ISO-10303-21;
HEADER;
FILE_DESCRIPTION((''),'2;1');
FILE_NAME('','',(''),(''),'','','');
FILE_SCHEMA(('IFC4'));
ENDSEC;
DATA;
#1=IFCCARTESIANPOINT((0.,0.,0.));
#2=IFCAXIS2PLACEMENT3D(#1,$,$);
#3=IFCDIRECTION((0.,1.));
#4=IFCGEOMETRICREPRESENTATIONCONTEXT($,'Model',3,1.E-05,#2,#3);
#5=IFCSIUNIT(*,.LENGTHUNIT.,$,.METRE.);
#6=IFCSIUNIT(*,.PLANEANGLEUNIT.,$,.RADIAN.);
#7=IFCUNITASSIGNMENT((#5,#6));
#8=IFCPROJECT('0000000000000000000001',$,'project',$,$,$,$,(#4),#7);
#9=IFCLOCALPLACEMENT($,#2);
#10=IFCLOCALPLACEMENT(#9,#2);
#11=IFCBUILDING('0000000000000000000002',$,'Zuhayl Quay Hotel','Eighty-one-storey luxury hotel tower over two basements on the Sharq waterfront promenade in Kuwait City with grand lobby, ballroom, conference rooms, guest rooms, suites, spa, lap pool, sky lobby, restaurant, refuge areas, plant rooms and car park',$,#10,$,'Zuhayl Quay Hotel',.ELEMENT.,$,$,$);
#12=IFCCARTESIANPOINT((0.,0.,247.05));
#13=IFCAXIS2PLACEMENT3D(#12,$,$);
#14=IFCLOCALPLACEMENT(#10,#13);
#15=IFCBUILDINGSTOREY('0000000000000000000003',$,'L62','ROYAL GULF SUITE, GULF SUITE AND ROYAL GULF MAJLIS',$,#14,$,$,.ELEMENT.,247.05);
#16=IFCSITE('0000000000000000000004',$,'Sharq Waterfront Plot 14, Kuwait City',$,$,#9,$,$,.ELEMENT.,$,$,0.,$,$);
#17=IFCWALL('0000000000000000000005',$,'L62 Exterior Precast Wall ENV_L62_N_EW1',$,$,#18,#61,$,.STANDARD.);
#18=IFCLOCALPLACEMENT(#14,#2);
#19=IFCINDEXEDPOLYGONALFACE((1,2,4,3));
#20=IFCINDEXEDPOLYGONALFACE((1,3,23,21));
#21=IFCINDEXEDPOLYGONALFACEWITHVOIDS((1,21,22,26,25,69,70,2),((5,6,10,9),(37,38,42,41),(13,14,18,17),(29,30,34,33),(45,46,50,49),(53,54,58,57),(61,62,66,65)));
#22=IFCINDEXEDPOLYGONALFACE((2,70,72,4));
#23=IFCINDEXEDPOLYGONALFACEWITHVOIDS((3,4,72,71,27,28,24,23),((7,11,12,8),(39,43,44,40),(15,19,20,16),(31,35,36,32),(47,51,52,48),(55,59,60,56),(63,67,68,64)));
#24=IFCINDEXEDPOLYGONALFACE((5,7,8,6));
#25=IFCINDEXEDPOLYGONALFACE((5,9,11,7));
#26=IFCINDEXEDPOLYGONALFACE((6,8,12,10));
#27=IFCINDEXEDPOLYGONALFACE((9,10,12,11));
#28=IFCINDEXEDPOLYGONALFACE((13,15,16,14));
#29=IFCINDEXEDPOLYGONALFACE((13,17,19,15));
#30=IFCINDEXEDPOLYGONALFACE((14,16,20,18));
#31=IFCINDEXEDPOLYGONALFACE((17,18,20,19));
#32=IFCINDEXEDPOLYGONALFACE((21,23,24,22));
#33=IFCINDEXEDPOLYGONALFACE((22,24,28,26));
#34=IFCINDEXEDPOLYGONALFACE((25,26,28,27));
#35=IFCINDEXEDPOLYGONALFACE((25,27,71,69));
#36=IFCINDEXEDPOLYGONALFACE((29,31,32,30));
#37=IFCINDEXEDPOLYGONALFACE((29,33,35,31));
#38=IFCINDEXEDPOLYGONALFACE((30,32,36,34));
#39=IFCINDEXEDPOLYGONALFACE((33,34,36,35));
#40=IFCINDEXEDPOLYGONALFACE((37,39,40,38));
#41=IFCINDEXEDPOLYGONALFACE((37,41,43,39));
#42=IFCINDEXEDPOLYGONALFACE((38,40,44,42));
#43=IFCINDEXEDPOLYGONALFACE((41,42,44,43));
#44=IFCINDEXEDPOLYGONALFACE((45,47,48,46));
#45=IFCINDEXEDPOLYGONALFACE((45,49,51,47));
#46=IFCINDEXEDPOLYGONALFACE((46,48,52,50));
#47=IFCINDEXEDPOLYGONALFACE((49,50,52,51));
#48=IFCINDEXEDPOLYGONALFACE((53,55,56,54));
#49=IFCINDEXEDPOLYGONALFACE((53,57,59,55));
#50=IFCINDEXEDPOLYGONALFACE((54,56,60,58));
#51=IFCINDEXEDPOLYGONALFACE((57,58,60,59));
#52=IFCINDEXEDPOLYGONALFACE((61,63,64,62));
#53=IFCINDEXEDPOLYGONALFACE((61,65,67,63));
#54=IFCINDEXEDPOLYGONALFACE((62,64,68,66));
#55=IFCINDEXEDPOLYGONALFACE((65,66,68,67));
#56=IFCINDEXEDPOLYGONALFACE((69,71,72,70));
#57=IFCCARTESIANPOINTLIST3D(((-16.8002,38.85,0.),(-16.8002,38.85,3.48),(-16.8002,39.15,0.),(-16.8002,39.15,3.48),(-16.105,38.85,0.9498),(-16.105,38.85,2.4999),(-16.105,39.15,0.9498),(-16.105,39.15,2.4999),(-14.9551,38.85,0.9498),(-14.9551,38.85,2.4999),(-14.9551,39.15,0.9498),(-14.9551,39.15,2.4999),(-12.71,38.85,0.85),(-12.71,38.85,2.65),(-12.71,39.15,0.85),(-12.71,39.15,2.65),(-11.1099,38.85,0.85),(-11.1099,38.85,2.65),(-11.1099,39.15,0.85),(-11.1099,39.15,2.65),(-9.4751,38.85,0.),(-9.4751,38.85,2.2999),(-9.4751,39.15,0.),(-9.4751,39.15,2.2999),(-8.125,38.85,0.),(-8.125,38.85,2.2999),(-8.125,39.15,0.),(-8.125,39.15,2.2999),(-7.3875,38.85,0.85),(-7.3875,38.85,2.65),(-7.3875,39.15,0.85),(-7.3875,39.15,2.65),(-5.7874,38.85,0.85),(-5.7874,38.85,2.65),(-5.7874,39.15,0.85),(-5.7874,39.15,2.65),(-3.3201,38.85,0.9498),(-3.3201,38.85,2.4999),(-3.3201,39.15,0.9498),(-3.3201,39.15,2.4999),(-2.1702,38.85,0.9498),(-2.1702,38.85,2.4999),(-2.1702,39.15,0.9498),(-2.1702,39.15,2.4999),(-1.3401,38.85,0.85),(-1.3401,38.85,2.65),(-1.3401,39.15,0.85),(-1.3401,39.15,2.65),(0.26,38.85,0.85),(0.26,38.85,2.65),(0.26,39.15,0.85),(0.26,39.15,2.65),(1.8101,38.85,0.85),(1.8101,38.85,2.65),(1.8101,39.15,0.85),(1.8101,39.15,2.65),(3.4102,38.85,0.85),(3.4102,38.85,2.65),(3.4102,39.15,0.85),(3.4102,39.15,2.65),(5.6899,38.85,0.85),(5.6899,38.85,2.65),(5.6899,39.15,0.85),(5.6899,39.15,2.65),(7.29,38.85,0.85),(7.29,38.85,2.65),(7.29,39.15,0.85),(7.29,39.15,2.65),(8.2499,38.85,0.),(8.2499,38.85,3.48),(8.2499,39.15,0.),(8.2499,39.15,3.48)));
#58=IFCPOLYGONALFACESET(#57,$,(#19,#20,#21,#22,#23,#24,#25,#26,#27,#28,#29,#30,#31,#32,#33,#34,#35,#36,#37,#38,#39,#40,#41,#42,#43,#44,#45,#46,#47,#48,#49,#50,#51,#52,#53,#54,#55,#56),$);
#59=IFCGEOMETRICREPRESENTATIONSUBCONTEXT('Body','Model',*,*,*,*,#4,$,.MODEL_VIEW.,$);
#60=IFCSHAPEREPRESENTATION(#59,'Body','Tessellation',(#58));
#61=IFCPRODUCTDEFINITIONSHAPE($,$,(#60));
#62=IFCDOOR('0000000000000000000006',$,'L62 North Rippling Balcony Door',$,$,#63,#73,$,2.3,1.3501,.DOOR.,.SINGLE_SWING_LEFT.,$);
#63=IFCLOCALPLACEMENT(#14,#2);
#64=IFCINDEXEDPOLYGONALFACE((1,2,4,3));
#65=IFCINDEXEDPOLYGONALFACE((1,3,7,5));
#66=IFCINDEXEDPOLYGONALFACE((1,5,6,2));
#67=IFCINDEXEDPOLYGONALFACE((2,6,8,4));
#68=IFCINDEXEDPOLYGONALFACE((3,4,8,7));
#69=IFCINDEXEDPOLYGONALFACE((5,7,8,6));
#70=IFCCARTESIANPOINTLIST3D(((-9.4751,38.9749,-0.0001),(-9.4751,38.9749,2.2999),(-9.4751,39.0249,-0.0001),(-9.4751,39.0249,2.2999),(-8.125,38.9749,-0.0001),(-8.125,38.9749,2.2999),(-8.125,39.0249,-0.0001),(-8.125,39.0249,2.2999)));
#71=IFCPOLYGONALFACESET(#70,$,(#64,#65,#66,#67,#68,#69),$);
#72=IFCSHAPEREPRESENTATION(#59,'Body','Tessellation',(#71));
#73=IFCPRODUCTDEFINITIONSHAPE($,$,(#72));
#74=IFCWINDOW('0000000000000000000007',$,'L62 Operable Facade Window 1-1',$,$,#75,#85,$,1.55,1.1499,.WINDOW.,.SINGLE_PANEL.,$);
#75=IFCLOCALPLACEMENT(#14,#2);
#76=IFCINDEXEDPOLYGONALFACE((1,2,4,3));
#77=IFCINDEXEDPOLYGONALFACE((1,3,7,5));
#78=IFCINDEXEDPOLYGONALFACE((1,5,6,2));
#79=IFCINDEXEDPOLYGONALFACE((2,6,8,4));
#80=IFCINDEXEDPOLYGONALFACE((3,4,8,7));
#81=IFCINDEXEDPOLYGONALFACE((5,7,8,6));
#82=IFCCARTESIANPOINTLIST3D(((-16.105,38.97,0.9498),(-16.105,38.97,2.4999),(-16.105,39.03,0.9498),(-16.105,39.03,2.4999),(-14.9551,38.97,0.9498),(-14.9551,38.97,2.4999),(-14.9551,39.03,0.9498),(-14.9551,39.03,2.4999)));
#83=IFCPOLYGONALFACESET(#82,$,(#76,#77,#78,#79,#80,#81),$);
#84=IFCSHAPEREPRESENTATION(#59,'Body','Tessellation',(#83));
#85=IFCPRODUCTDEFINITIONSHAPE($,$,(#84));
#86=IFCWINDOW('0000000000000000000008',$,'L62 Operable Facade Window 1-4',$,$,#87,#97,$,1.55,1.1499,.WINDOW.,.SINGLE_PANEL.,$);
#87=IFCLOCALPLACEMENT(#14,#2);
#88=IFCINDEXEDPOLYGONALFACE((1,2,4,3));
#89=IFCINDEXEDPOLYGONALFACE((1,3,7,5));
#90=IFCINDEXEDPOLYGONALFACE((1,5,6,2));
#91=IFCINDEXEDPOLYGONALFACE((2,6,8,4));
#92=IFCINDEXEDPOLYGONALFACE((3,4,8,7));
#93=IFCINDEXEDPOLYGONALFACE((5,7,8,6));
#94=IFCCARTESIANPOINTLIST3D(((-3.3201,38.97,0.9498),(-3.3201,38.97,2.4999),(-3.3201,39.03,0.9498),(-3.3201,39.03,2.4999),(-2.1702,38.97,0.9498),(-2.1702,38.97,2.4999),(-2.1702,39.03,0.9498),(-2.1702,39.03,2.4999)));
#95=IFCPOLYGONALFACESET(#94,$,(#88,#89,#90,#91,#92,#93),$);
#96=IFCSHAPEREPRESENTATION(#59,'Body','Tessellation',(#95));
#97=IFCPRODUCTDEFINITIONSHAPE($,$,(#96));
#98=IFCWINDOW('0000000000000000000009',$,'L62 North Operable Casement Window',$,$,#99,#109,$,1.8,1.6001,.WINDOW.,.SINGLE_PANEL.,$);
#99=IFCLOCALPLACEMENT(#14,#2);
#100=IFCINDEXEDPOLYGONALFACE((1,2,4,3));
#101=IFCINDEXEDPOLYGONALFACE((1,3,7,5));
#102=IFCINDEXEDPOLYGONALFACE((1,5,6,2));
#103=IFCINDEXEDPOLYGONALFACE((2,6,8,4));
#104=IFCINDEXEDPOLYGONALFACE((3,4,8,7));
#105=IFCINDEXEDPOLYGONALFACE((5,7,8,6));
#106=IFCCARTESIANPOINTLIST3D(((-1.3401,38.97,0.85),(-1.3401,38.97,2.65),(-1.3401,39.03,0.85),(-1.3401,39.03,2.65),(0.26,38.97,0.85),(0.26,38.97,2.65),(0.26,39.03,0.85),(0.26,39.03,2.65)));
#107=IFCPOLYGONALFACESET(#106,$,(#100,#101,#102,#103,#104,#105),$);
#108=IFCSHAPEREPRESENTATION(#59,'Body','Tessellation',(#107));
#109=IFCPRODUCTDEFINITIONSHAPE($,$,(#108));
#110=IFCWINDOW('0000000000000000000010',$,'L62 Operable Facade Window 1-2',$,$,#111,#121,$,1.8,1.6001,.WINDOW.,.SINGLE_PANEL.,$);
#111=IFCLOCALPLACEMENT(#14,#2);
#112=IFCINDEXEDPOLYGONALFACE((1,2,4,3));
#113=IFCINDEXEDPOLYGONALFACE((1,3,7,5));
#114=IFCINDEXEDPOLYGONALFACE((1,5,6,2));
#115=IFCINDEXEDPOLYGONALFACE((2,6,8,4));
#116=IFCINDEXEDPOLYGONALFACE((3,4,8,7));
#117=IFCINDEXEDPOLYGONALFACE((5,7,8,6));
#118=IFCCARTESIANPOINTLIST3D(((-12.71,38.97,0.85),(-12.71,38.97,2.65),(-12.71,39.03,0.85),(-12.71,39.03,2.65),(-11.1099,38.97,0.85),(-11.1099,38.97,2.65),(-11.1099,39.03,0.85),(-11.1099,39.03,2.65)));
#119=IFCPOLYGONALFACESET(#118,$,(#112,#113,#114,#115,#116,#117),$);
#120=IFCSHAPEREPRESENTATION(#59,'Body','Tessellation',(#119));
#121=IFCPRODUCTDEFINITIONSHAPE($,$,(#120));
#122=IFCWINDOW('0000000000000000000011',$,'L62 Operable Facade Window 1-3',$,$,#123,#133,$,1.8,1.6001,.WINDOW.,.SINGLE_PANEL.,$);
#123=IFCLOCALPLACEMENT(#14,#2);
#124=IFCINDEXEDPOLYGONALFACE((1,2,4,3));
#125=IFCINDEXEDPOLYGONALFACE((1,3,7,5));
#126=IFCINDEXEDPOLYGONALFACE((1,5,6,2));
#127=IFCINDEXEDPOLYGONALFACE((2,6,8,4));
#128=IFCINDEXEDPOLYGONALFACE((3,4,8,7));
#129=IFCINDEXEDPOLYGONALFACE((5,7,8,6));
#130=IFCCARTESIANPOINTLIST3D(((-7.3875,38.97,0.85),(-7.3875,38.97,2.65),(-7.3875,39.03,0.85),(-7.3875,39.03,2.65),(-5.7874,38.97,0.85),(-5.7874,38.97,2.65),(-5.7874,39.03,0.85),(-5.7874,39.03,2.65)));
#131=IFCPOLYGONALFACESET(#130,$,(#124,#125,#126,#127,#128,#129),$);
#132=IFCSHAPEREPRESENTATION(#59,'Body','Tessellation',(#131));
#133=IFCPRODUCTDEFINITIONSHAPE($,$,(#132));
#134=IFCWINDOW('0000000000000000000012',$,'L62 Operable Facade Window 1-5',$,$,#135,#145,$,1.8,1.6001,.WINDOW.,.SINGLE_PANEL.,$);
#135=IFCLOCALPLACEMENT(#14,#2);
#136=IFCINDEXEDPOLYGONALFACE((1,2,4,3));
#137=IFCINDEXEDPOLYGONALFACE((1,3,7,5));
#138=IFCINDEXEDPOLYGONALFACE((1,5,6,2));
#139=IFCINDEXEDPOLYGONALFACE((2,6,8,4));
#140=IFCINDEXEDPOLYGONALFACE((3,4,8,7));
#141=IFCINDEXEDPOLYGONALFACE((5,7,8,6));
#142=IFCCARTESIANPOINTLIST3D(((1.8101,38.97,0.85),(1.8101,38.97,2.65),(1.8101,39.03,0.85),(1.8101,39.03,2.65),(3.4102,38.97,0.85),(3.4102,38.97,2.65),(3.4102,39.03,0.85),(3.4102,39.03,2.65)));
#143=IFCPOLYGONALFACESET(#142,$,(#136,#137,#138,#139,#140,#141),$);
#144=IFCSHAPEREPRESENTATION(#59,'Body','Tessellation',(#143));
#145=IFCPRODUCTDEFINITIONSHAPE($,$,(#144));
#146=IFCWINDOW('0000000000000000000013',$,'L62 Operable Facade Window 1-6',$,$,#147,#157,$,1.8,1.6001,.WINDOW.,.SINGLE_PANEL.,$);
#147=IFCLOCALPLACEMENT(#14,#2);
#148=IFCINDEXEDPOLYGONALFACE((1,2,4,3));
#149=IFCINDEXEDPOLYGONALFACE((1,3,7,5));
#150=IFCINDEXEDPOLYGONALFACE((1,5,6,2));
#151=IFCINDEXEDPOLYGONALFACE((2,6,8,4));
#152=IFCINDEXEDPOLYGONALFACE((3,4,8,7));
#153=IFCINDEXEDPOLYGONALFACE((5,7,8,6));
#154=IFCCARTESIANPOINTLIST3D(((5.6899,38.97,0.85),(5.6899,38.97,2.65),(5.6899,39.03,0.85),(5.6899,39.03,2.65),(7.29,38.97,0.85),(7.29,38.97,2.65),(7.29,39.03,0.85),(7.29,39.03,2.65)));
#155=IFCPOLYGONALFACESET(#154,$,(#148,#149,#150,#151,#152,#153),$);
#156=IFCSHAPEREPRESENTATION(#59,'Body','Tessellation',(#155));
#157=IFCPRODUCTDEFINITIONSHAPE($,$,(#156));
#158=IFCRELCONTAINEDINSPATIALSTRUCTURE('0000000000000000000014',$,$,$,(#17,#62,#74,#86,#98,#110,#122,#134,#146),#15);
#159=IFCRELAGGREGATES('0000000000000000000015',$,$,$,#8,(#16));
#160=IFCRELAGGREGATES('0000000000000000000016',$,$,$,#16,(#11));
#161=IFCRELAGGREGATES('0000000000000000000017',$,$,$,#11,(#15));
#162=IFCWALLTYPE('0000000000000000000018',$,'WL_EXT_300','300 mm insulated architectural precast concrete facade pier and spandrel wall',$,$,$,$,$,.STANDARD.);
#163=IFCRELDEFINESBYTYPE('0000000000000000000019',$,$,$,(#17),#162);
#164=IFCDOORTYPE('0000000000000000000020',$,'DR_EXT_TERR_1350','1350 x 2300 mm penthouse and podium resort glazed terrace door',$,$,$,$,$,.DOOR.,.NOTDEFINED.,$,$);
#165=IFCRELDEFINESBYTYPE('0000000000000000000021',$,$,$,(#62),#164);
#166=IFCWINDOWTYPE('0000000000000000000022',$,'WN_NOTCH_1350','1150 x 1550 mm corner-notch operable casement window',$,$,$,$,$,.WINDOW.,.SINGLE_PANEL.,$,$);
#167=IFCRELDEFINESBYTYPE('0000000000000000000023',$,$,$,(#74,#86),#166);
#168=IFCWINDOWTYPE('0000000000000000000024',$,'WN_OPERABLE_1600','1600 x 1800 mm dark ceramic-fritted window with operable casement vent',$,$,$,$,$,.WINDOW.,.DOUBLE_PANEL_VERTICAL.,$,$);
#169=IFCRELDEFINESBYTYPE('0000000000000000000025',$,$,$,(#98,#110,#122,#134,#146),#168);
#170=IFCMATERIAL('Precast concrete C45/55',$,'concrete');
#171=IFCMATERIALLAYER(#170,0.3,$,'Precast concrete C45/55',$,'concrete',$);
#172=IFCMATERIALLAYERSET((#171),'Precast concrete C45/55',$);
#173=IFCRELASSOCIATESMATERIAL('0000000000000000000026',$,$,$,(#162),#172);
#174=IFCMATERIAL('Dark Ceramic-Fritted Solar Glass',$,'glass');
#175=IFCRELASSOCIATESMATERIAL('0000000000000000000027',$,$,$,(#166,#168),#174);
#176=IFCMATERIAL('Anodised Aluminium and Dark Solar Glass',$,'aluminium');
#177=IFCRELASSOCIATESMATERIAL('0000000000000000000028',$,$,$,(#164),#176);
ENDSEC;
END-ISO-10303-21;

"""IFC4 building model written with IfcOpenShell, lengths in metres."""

from ifc_helpers import new_model, si_unit, direction, frame, frame_2d, origin, place, context, subcontext, project, spatial, rectangle, extrude, material, layer, layer_set, type_object, element, fill, save


model = new_model("IFC4")

# Units and contexts
model_context = context("Model", 3, precision=1e-05, world=origin(), true_north=direction((0.0, 1.0)))
body_context = subcontext(model_context, "Body", "Model", "MODEL_VIEW")
ifc_project = project(units=[si_unit("LENGTHUNIT", "METRE"), si_unit("PLANEANGLEUNIT", "RADIAN")], contexts=[model_context])

# Site, building, storey
site_placement = place(None, origin())
site = spatial("IfcSite", under=ifc_project, at=site_placement, Name="Sharq Waterfront Plot 14, Kuwait City", CompositionType="ELEMENT", RefElevation=0.0)
building_placement = place(site_placement, origin())
building = spatial("IfcBuilding", under=site, at=building_placement, Name="Zuhayl Quay Hotel", Description="Eighty-one-storey luxury hotel tower over two basements on the Sharq waterfront promenade in Kuwait City with grand lobby, ballroom, conference rooms, guest rooms, suites, spa, lap pool, sky lobby, restaurant, refuge areas, plant rooms and car park", LongName="Zuhayl Quay Hotel", CompositionType="ELEMENT")
storey_placement = place(building_placement, frame((0.0, 0.0, 247.05)))
storey = spatial("IfcBuildingStorey", under=building, at=storey_placement, Name="L62", Description="ROYAL GULF SUITE, GULF SUITE AND ROYAL GULF MAJLIS", CompositionType="ELEMENT", Elevation=247.05)

# Shared definitions
ifc_material_1 = material(Name="Precast concrete C45/55", Category="concrete")
ifc_layer_1 = layer(ifc_material_1, 0.3, Name="Precast concrete C45/55", Category="concrete")
ifc_layer_set_1 = layer_set([ifc_layer_1], Name="Precast concrete C45/55")
wall_type_1 = type_object("IfcWallType", Name="WL_EXT_300", Description="300 mm insulated architectural precast concrete facade pier and spandrel wall", PredefinedType="STANDARD", material=ifc_layer_set_1)
ifc_material_2 = material(Name="Dark Ceramic-Fritted Solar Glass", Category="glass")
window_type_1 = type_object("IfcWindowType", Name="WN_NOTCH_1350", Description="1150 x 1550 mm corner-notch operable casement window", PartitioningType="SINGLE_PANEL", PredefinedType="WINDOW", material=ifc_material_2)

# Wall, openings, door, windows
wall_1_placement = place(storey_placement, frame((-16.8, 39.0, 0.0), z_axis=(0.0, 0.0, 1.0), x_axis=(1.0, 0.0, 0.0)))
wall_1 = element("IfcWall", 1, at=wall_1_placement, inside=storey, type_object=wall_type_1, Name="L62 Exterior Precast Wall ENV_L62_N_EW1", PredefinedType="STANDARD", context=body_context, shape_type="SweptSolid", body=[
    extrude(rectangle(XDim=25.05, YDim=0.3, at=frame_2d((12.5249, 0.0))), origin(), (0.0, 0.0, 1.0), 3.48),
])
opening_1_placement = place(wall_1_placement, frame((7.325, 0.0, 0.0)))
opening_1 = element("IfcOpeningElement", 2, at=opening_1_placement, cuts=wall_1, PredefinedType="OPENING", context=body_context, shape_type="SweptSolid", body=[
    extrude(rectangle(XDim=1.3501, YDim=2.3, at=frame_2d((0.675, 1.1499))), frame((0.0, 0.1599, 0.0), z_axis=(0.0, -1.0, 0.0), x_axis=(1.0, 0.0, 0.0)), (0.0, 0.0, 1.0), 0.3201),
])
opening_2_placement = place(wall_1_placement, frame((15.46, 0.0, 0.8501)))
opening_2 = element("IfcOpeningElement", 3, at=opening_2_placement, cuts=wall_1, PredefinedType="OPENING", context=body_context, shape_type="SweptSolid", body=[
    extrude(rectangle(XDim=1.6001, YDim=1.8, at=frame_2d((0.8, 0.8999))), frame((0.0, 0.1599, 0.0), z_axis=(0.0, -1.0, 0.0), x_axis=(1.0, 0.0, 0.0)), (0.0, 0.0, 1.0), 0.3201),
])
opening_3_placement = place(wall_1_placement, frame((0.6951, 0.0, 0.95)))
opening_3 = element("IfcOpeningElement", 4, at=opening_3_placement, cuts=wall_1, PredefinedType="OPENING", context=body_context, shape_type="SweptSolid", body=[
    extrude(rectangle(XDim=1.1499, YDim=1.55, at=frame_2d((0.575, 0.7749))), frame((0.0, 0.1599, 0.0), z_axis=(0.0, -1.0, 0.0), x_axis=(1.0, 0.0, 0.0)), (0.0, 0.0, 1.0), 0.3201),
])
opening_4_placement = place(wall_1_placement, frame((4.0901, 0.0, 0.8501)))
opening_4 = element("IfcOpeningElement", 5, at=opening_4_placement, cuts=wall_1, PredefinedType="OPENING", context=body_context, shape_type="SweptSolid", body=[
    extrude(rectangle(XDim=1.6001, YDim=1.8, at=frame_2d((0.8, 0.8999))), frame((0.0, 0.1599, 0.0), z_axis=(0.0, -1.0, 0.0), x_axis=(1.0, 0.0, 0.0)), (0.0, 0.0, 1.0), 0.3201),
])
opening_5_placement = place(wall_1_placement, frame((9.4126, 0.0, 0.8501)))
opening_5 = element("IfcOpeningElement", 6, at=opening_5_placement, cuts=wall_1, PredefinedType="OPENING", context=body_context, shape_type="SweptSolid", body=[
    extrude(rectangle(XDim=1.6001, YDim=1.8, at=frame_2d((0.8, 0.8999))), frame((0.0, 0.1599, 0.0), z_axis=(0.0, -1.0, 0.0), x_axis=(1.0, 0.0, 0.0)), (0.0, 0.0, 1.0), 0.3201),
])
opening_6_placement = place(wall_1_placement, frame((13.48, 0.0, 0.95)))
opening_6 = element("IfcOpeningElement", 7, at=opening_6_placement, cuts=wall_1, PredefinedType="OPENING", context=body_context, shape_type="SweptSolid", body=[
    extrude(rectangle(XDim=1.1499, YDim=1.55, at=frame_2d((0.575, 0.7749))), frame((0.0, 0.1599, 0.0), z_axis=(0.0, -1.0, 0.0), x_axis=(1.0, 0.0, 0.0)), (0.0, 0.0, 1.0), 0.3201),
])
opening_7_placement = place(wall_1_placement, frame((18.6101, 0.0, 0.8501)))
opening_7 = element("IfcOpeningElement", 8, at=opening_7_placement, cuts=wall_1, PredefinedType="OPENING", context=body_context, shape_type="SweptSolid", body=[
    extrude(rectangle(XDim=1.6001, YDim=1.8, at=frame_2d((0.8, 0.8999))), frame((0.0, 0.1599, 0.0), z_axis=(0.0, -1.0, 0.0), x_axis=(1.0, 0.0, 0.0)), (0.0, 0.0, 1.0), 0.3201),
])
opening_8_placement = place(wall_1_placement, frame((22.49, 0.0, 0.8501)))
opening_8 = element("IfcOpeningElement", 9, at=opening_8_placement, cuts=wall_1, PredefinedType="OPENING", context=body_context, shape_type="SweptSolid", body=[
    extrude(rectangle(XDim=1.6001, YDim=1.8, at=frame_2d((0.8, 0.8999))), frame((0.0, 0.1599, 0.0), z_axis=(0.0, -1.0, 0.0), x_axis=(1.0, 0.0, 0.0)), (0.0, 0.0, 1.0), 0.3201),
])
ifc_material_3 = material(Name="Anodised Aluminium and Dark Solar Glass", Category="aluminium")
door_type = type_object("IfcDoorType", Name="DR_EXT_TERR_1350", Description="1350 x 2300 mm penthouse and podium resort glazed terrace door", OperationType="NOTDEFINED", PredefinedType="DOOR", material=ifc_material_3)
door_placement = place(opening_1_placement, origin())
door = element("IfcDoor", 10, at=door_placement, inside=storey, type_object=door_type, Name="L62 North Rippling Balcony Door", OperationType="SINGLE_SWING_LEFT", OverallHeight=2.3, OverallWidth=1.3501, PredefinedType="DOOR", context=body_context, shape_type="SweptSolid", body=[
    extrude(rectangle(XDim=1.3501, YDim=2.3, at=frame_2d((0.675, 1.1499))), frame((0.0, 0.0249, 0.0), z_axis=(0.0, -1.0, 0.0), x_axis=(1.0, 0.0, 0.0)), (0.0, 0.0, 1.0), 0.05),
])
fill(opening_1, door)
window_1_placement = place(opening_3_placement, origin())
window_1 = element("IfcWindow", 11, at=window_1_placement, inside=storey, type_object=window_type_1, Name="L62 Operable Facade Window 1-1", OverallHeight=1.55, OverallWidth=1.1499, PartitioningType="SINGLE_PANEL", PredefinedType="WINDOW", context=body_context, shape_type="SweptSolid", body=[
    extrude(rectangle(XDim=1.1499, YDim=1.55, at=frame_2d((0.575, 0.7749))), frame((0.0, 0.03, 0.0), z_axis=(0.0, -1.0, 0.0), x_axis=(1.0, 0.0, 0.0)), (0.0, 0.0, 1.0), 0.0601),
])
fill(opening_3, window_1)
window_2_placement = place(opening_6_placement, origin())
window_2 = element("IfcWindow", 12, at=window_2_placement, inside=storey, type_object=window_type_1, Name="L62 Operable Facade Window 1-4", OverallHeight=1.55, OverallWidth=1.1499, PartitioningType="SINGLE_PANEL", PredefinedType="WINDOW", context=body_context, shape_type="SweptSolid", body=[
    extrude(rectangle(XDim=1.1499, YDim=1.55, at=frame_2d((0.575, 0.7749))), frame((0.0, 0.03, 0.0), z_axis=(0.0, -1.0, 0.0), x_axis=(1.0, 0.0, 0.0)), (0.0, 0.0, 1.0), 0.0601),
])
fill(opening_6, window_2)
window_type_2 = type_object("IfcWindowType", Name="WN_OPERABLE_1600", Description="1600 x 1800 mm dark ceramic-fritted window with operable casement vent", PartitioningType="DOUBLE_PANEL_VERTICAL", PredefinedType="WINDOW", material=ifc_material_2)
window_3_placement = place(opening_2_placement, origin())
window_3 = element("IfcWindow", 13, at=window_3_placement, inside=storey, type_object=window_type_2, Name="L62 North Operable Casement Window", OverallHeight=1.8, OverallWidth=1.6001, PartitioningType="SINGLE_PANEL", PredefinedType="WINDOW", context=body_context, shape_type="SweptSolid", body=[
    extrude(rectangle(XDim=1.6001, YDim=1.8, at=frame_2d((0.8, 0.8999))), frame((0.0, 0.03, 0.0), z_axis=(0.0, -1.0, 0.0), x_axis=(1.0, 0.0, 0.0)), (0.0, 0.0, 1.0), 0.0601),
])
fill(opening_2, window_3)
window_4_placement = place(opening_4_placement, origin())
window_4 = element("IfcWindow", 14, at=window_4_placement, inside=storey, type_object=window_type_2, Name="L62 Operable Facade Window 1-2", OverallHeight=1.8, OverallWidth=1.6001, PartitioningType="SINGLE_PANEL", PredefinedType="WINDOW", context=body_context, shape_type="SweptSolid", body=[
    extrude(rectangle(XDim=1.6001, YDim=1.8, at=frame_2d((0.8, 0.8999))), frame((0.0, 0.03, 0.0), z_axis=(0.0, -1.0, 0.0), x_axis=(1.0, 0.0, 0.0)), (0.0, 0.0, 1.0), 0.0601),
])
fill(opening_4, window_4)
window_5_placement = place(opening_5_placement, origin())
window_5 = element("IfcWindow", 15, at=window_5_placement, inside=storey, type_object=window_type_2, Name="L62 Operable Facade Window 1-3", OverallHeight=1.8, OverallWidth=1.6001, PartitioningType="SINGLE_PANEL", PredefinedType="WINDOW", context=body_context, shape_type="SweptSolid", body=[
    extrude(rectangle(XDim=1.6001, YDim=1.8, at=frame_2d((0.8, 0.8999))), frame((0.0, 0.03, 0.0), z_axis=(0.0, -1.0, 0.0), x_axis=(1.0, 0.0, 0.0)), (0.0, 0.0, 1.0), 0.0601),
])
fill(opening_5, window_5)
window_6_placement = place(opening_7_placement, origin())
window_6 = element("IfcWindow", 16, at=window_6_placement, inside=storey, type_object=window_type_2, Name="L62 Operable Facade Window 1-5", OverallHeight=1.8, OverallWidth=1.6001, PartitioningType="SINGLE_PANEL", PredefinedType="WINDOW", context=body_context, shape_type="SweptSolid", body=[
    extrude(rectangle(XDim=1.6001, YDim=1.8, at=frame_2d((0.8, 0.8999))), frame((0.0, 0.03, 0.0), z_axis=(0.0, -1.0, 0.0), x_axis=(1.0, 0.0, 0.0)), (0.0, 0.0, 1.0), 0.0601),
])
fill(opening_7, window_6)
window_7_placement = place(opening_8_placement, origin())
window_7 = element("IfcWindow", 17, at=window_7_placement, inside=storey, type_object=window_type_2, Name="L62 Operable Facade Window 1-6", OverallHeight=1.8, OverallWidth=1.6001, PartitioningType="SINGLE_PANEL", PredefinedType="WINDOW", context=body_context, shape_type="SweptSolid", body=[
    extrude(rectangle(XDim=1.6001, YDim=1.8, at=frame_2d((0.8, 0.8999))), frame((0.0, 0.03, 0.0), z_axis=(0.0, -1.0, 0.0), x_axis=(1.0, 0.0, 0.0)), (0.0, 0.0, 1.0), 0.0601),
])
fill(opening_8, window_7)

save(model, "model.ifc")
